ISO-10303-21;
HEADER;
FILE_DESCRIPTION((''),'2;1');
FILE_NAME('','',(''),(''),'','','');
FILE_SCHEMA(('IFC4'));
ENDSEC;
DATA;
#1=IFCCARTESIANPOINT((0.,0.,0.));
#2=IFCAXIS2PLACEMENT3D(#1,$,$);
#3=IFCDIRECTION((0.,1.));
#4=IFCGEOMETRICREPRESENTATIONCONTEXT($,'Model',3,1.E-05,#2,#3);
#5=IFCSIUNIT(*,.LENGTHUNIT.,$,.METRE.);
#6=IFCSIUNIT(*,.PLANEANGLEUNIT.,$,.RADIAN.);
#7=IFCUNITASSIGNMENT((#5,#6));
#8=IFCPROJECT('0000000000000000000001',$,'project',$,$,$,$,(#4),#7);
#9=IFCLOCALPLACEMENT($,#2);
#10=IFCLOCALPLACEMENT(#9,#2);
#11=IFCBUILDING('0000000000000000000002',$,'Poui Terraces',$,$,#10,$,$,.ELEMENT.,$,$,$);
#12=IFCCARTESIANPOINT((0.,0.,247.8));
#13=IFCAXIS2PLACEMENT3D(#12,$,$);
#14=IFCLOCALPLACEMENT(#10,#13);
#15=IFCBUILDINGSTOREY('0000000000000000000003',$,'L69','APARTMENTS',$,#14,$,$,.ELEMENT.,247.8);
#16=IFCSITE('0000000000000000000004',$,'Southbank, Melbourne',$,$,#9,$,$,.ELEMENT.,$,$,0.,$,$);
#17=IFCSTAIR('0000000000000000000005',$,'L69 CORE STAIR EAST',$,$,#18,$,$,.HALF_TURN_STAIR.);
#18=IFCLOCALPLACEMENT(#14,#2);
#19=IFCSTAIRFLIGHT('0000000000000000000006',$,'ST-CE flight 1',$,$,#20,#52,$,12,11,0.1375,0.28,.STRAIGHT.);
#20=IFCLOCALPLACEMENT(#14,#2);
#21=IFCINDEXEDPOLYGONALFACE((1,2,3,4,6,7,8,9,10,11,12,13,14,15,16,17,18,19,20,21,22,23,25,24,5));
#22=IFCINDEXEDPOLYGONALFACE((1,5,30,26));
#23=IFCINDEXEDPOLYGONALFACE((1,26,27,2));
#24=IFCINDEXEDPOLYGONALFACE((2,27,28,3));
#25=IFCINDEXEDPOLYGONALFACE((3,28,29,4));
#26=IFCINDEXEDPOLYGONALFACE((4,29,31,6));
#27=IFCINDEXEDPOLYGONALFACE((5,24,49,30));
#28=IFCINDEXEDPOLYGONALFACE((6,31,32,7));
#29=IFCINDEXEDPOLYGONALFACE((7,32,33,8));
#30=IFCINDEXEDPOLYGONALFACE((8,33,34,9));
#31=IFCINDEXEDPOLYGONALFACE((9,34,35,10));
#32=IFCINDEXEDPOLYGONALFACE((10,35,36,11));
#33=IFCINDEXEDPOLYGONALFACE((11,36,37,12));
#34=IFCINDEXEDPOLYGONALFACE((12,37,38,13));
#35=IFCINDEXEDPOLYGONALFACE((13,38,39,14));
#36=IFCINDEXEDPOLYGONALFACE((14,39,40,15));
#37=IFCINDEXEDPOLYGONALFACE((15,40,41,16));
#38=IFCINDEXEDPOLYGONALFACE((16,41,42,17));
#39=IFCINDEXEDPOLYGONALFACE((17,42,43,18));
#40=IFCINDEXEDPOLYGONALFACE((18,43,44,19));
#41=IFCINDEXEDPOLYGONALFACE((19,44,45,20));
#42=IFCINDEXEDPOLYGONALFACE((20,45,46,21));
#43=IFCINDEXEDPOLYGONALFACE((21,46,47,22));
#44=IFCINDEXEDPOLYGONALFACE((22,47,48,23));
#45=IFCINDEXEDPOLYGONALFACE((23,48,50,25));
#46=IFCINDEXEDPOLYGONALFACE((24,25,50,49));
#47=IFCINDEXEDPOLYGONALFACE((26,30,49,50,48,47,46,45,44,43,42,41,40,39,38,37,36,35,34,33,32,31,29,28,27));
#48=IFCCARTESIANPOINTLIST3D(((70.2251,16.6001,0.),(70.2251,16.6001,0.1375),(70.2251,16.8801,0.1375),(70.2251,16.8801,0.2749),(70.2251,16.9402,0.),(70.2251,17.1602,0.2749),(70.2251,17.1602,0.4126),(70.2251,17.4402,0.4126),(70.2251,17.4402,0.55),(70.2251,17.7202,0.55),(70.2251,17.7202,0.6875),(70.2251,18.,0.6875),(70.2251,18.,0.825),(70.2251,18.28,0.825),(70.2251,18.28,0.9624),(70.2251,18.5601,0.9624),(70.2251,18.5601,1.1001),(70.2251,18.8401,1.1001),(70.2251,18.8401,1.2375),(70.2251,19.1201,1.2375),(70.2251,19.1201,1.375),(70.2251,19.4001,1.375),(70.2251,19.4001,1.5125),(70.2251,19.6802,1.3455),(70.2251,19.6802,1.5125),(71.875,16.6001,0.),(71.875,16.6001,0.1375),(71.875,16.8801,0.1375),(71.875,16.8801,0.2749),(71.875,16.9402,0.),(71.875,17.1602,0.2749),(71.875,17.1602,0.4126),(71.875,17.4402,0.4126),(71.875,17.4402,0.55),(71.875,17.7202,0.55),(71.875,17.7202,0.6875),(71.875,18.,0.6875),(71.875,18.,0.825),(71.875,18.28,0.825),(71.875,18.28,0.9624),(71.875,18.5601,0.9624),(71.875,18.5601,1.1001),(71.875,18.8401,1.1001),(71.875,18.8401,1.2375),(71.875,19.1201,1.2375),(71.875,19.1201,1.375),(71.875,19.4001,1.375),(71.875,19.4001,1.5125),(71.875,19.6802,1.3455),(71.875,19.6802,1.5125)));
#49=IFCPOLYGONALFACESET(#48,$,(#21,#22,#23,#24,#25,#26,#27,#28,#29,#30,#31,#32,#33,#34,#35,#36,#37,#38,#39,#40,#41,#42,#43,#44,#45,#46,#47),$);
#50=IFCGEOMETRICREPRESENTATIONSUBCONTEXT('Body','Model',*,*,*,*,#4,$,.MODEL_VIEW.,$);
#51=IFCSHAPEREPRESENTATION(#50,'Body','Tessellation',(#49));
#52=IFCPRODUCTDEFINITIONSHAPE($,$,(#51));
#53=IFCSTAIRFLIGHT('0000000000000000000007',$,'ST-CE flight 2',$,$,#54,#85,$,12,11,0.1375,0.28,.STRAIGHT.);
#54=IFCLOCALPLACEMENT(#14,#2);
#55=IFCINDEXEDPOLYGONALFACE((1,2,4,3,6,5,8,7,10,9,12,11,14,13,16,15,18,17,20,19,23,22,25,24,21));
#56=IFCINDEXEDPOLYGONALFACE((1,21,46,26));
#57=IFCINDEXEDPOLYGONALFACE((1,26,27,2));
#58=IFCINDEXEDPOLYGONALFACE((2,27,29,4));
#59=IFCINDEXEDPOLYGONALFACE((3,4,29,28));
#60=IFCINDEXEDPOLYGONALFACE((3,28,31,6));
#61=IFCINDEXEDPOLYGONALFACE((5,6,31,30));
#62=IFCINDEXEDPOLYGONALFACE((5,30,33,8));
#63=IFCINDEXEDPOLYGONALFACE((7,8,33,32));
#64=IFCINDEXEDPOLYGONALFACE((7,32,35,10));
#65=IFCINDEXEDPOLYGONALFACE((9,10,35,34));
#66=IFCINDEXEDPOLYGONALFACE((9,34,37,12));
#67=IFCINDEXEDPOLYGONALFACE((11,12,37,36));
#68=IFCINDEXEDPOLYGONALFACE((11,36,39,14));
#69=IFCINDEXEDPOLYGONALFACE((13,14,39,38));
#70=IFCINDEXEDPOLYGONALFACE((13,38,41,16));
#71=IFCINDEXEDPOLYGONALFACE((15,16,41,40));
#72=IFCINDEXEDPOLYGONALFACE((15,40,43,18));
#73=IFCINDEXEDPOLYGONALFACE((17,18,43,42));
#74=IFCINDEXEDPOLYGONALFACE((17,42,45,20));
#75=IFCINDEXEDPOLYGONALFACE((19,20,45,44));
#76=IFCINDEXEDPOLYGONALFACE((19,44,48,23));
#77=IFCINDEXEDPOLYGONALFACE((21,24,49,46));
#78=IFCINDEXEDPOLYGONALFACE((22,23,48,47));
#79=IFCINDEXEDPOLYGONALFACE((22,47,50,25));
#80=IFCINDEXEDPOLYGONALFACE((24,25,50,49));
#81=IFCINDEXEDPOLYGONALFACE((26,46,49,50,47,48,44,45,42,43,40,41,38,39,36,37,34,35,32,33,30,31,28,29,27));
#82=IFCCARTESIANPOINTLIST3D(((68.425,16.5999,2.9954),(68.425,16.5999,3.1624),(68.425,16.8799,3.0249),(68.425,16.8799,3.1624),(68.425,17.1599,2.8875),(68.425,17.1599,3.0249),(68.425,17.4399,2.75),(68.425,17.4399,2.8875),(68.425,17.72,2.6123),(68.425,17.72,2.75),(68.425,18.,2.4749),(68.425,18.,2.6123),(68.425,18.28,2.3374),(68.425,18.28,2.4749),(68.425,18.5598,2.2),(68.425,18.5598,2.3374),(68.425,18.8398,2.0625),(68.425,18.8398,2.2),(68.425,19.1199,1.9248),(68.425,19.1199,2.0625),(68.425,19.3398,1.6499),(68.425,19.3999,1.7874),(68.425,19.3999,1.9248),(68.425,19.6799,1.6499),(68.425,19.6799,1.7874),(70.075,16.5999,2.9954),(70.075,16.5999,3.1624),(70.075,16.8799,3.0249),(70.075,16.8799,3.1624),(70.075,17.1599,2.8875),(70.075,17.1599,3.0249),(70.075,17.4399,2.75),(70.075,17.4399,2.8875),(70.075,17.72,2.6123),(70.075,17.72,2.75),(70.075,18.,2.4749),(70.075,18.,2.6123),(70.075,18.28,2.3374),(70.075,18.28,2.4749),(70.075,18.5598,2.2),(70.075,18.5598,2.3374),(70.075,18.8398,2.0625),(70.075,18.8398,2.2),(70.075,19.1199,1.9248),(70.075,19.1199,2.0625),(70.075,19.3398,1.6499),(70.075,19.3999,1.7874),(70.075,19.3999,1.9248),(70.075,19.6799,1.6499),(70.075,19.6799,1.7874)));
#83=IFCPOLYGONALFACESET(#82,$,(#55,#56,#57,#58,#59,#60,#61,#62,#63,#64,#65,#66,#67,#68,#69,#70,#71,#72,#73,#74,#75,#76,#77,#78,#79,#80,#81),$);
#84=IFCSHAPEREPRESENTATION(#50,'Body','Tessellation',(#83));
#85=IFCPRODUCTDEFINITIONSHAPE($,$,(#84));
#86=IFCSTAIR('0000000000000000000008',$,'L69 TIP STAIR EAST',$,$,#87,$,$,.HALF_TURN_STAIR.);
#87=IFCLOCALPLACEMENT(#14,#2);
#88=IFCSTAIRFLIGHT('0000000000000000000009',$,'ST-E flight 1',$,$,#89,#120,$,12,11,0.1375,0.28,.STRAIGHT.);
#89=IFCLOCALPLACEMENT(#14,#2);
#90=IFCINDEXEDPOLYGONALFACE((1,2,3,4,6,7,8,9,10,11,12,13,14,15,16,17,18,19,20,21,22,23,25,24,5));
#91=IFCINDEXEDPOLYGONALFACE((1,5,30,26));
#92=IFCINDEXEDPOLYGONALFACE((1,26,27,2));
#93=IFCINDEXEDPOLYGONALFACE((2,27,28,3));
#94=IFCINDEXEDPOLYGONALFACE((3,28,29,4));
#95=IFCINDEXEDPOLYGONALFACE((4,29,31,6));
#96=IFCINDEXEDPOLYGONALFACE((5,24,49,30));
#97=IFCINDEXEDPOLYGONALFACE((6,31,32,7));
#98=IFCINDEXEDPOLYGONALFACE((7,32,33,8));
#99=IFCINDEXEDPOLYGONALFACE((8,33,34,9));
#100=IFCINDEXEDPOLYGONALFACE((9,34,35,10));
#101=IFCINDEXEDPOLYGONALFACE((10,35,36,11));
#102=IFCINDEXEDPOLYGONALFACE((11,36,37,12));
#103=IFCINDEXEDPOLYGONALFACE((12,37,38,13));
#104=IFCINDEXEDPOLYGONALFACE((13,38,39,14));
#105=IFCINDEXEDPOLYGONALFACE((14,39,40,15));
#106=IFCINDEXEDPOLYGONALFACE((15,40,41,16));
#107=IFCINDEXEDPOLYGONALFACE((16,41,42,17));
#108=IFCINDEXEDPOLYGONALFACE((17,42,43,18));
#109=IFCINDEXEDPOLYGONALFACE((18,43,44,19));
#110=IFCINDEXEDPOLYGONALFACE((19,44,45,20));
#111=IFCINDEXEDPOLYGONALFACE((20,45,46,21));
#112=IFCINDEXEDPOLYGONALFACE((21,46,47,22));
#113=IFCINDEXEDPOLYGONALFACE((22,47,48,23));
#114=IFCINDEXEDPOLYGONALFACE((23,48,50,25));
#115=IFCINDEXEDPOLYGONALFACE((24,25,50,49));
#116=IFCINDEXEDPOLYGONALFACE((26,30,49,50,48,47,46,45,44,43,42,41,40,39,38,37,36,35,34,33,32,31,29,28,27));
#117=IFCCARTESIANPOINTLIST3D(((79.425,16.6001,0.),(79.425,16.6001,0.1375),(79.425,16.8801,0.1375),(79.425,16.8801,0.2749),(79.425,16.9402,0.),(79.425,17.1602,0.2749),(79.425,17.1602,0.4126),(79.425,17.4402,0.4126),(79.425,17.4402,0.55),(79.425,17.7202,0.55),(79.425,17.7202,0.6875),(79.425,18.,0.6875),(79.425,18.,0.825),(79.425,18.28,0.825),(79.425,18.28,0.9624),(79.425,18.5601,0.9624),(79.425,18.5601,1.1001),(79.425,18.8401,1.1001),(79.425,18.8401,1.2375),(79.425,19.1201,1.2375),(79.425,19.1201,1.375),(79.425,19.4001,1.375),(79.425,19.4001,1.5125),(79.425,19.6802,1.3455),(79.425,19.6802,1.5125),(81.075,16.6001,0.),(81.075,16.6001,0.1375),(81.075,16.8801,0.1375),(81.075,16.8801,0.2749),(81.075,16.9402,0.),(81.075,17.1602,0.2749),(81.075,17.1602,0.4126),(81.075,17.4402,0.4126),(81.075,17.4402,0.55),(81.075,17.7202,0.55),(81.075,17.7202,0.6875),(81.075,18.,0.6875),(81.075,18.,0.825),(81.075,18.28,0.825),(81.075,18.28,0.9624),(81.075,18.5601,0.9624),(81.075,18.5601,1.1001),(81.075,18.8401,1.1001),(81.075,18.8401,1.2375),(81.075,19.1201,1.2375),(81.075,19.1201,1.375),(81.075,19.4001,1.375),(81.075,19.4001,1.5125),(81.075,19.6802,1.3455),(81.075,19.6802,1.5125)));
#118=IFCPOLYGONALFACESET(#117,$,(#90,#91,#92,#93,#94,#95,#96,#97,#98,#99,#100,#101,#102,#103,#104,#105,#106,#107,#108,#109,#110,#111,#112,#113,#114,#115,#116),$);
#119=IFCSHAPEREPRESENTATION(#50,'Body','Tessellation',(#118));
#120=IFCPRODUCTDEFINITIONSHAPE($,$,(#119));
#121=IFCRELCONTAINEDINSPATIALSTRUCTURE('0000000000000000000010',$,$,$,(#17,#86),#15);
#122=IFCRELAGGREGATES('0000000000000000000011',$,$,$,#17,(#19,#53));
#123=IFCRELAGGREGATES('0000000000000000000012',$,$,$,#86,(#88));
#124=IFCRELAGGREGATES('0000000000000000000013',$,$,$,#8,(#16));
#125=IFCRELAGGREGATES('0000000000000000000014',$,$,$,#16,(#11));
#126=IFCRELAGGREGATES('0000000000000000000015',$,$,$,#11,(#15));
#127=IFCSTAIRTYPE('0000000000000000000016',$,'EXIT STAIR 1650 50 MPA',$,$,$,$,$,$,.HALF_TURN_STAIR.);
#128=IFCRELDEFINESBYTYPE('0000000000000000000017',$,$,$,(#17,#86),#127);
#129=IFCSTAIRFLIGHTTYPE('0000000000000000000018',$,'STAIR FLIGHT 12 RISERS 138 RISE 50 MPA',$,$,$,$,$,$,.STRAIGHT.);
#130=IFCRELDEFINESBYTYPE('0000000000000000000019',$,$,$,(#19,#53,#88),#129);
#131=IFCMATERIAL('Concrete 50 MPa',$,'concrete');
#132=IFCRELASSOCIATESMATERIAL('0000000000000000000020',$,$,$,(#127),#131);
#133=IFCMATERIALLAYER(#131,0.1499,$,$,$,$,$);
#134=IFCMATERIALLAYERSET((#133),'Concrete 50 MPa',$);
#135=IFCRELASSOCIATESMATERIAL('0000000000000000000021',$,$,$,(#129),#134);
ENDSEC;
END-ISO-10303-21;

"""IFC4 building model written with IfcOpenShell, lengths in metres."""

from ifc_helpers import new_model, si_unit, direction, frame, origin, place, context, subcontext, project, spatial, polyline, outline, extrude, material, layer, layer_set, type_object, element, aggregate, save


model = new_model("IFC4")

# Units and contexts
model_context = context("Model", 3, precision=1e-05, world=origin(), true_north=direction((0.0, 1.0)))
body_context = subcontext(model_context, "Body", "Model", "MODEL_VIEW")
ifc_project = project(units=[si_unit("LENGTHUNIT", "METRE"), si_unit("PLANEANGLEUNIT", "RADIAN")], contexts=[model_context])

# Site, building, storey
site_placement = place(None, origin())
site = spatial("IfcSite", under=ifc_project, at=site_placement, Name="Southbank, Melbourne", CompositionType="ELEMENT", RefElevation=0.0)
building_placement = place(site_placement, origin())
building = spatial("IfcBuilding", under=site, at=building_placement, Name="Poui Terraces", CompositionType="ELEMENT")
storey_placement = place(building_placement, frame((0.0, 0.0, 247.8)))
storey = spatial("IfcBuildingStorey", under=building, at=storey_placement, Name="L69", Description="APARTMENTS", CompositionType="ELEMENT", Elevation=247.8)

# Shared definitions
ifc_material_1 = material(Name="Concrete 50 MPa", Category="concrete")

# Stair, stair flights
stair_type = type_object("IfcStairType", Name="EXIT STAIR 1650 50 MPA", PredefinedType="HALF_TURN_STAIR", material=ifc_material_1)
stair_1_placement = place(storey_placement, origin())
stair_1 = element("IfcStair", 1, at=stair_1_placement, inside=storey, type_object=stair_type, Name="L69 CORE STAIR EAST", PredefinedType="HALF_TURN_STAIR")
ifc_layer_1 = layer(ifc_material_1, 0.1499)
ifc_layer_set_1 = layer_set([ifc_layer_1], Name="Concrete 50 MPa")
stair_flight_type = type_object("IfcStairFlightType", Name="STAIR FLIGHT 12 RISERS 138 RISE 50 MPA", PredefinedType="STRAIGHT", material=ifc_layer_set_1)
stair_flight_1_placement = place(storey_placement, frame((71.05, 16.6001, 0.0), z_axis=(0.0, 0.0, 1.0), x_axis=(0.0, 1.0, 0.0)))
stair_flight_1 = element("IfcStairFlight", 2, at=stair_flight_1_placement, type_object=stair_flight_type, Name="ST-CE flight 1", NumberOfRisers=12, NumberOfTreads=11, PredefinedType="STRAIGHT", RiserHeight=0.1375, TreadLength=0.28, context=body_context, shape_type="SweptSolid", body=[
    extrude(outline(polyline([(0.0, 0.0), (0.0, 0.1375), (0.28, 0.1375), (0.28, 0.2749), (0.5601, 0.2749), (0.5601, 0.4126), (0.8401, 0.4126), (0.8401, 0.55), (1.1201, 0.55), (1.1201, 0.6875), (1.3999, 0.6875), (1.3999, 0.825), (1.6799, 0.825), (1.6799, 0.9624), (1.96, 0.9624), (1.96, 1.1001), (2.24, 1.1001), (2.24, 1.2375), (2.52, 1.2375), (2.52, 1.375), (2.8, 1.375), (2.8, 1.5125), (3.0801, 1.5125), (3.0801, 1.6499), (3.0801, 1.3455), (0.3401, 0.0), (0.0, 0.0)])), frame((0.0, 0.825, 0.0), z_axis=(0.0, -1.0, 0.0), x_axis=(1.0, 0.0, 0.0)), (0.0, 0.0, 1.0), 1.6499),
])
stair_flight_2_placement = place(storey_placement, frame((69.25, 19.6799, 1.6499), z_axis=(0.0, 0.0, 1.0), x_axis=(0.0, -1.0, 0.0)))
stair_flight_2 = element("IfcStairFlight", 3, at=stair_flight_2_placement, type_object=stair_flight_type, Name="ST-CE flight 2", NumberOfRisers=12, NumberOfTreads=11, PredefinedType="STRAIGHT", RiserHeight=0.1375, TreadLength=0.28, context=body_context, shape_type="SweptSolid", body=[
    extrude(outline(polyline([(0.0, 0.0), (0.0, 0.1375), (0.28, 0.1375), (0.28, 0.2749), (0.5601, 0.2749), (0.5601, 0.4126), (0.8401, 0.4126), (0.8401, 0.55), (1.1201, 0.55), (1.1201, 0.6875), (1.3999, 0.6875), (1.3999, 0.825), (1.6799, 0.825), (1.6799, 0.9624), (1.96, 0.9624), (1.96, 1.1001), (2.24, 1.1001), (2.24, 1.2375), (2.52, 1.2375), (2.52, 1.375), (2.8, 1.375), (2.8, 1.5125), (3.0801, 1.5125), (3.0801, 1.6499), (3.0801, 1.3455), (0.3401, 0.0), (0.0, 0.0)])), frame((0.0, 0.825, 0.0), z_axis=(0.0, -1.0, 0.0), x_axis=(1.0, 0.0, 0.0)), (0.0, 0.0, 1.0), 1.6499),
])
aggregate(stair_1, [stair_flight_1, stair_flight_2])

# Stair, stair flight
stair_2_placement = place(storey_placement, origin())
stair_2 = element("IfcStair", 4, at=stair_2_placement, inside=storey, type_object=stair_type, Name="L69 TIP STAIR EAST", PredefinedType="HALF_TURN_STAIR")
stair_flight_3_placement = place(storey_placement, frame((80.25, 16.6001, 0.0), z_axis=(0.0, 0.0, 1.0), x_axis=(0.0, 1.0, 0.0)))
stair_flight_3 = element("IfcStairFlight", 5, at=stair_flight_3_placement, type_object=stair_flight_type, Name="ST-E flight 1", NumberOfRisers=12, NumberOfTreads=11, PredefinedType="STRAIGHT", RiserHeight=0.1375, TreadLength=0.28, context=body_context, shape_type="SweptSolid", body=[
    extrude(outline(polyline([(0.0, 0.0), (0.0, 0.1375), (0.28, 0.1375), (0.28, 0.2749), (0.5601, 0.2749), (0.5601, 0.4126), (0.8401, 0.4126), (0.8401, 0.55), (1.1201, 0.55), (1.1201, 0.6875), (1.3999, 0.6875), (1.3999, 0.825), (1.6799, 0.825), (1.6799, 0.9624), (1.96, 0.9624), (1.96, 1.1001), (2.24, 1.1001), (2.24, 1.2375), (2.52, 1.2375), (2.52, 1.375), (2.8, 1.375), (2.8, 1.5125), (3.0801, 1.5125), (3.0801, 1.6499), (3.0801, 1.3455), (0.3401, 0.0), (0.0, 0.0)])), frame((0.0, 0.825, 0.0), z_axis=(0.0, -1.0, 0.0), x_axis=(1.0, 0.0, 0.0)), (0.0, 0.0, 1.0), 1.6499),
])
aggregate(stair_2, [stair_flight_3])

save(model, "model.ifc")
